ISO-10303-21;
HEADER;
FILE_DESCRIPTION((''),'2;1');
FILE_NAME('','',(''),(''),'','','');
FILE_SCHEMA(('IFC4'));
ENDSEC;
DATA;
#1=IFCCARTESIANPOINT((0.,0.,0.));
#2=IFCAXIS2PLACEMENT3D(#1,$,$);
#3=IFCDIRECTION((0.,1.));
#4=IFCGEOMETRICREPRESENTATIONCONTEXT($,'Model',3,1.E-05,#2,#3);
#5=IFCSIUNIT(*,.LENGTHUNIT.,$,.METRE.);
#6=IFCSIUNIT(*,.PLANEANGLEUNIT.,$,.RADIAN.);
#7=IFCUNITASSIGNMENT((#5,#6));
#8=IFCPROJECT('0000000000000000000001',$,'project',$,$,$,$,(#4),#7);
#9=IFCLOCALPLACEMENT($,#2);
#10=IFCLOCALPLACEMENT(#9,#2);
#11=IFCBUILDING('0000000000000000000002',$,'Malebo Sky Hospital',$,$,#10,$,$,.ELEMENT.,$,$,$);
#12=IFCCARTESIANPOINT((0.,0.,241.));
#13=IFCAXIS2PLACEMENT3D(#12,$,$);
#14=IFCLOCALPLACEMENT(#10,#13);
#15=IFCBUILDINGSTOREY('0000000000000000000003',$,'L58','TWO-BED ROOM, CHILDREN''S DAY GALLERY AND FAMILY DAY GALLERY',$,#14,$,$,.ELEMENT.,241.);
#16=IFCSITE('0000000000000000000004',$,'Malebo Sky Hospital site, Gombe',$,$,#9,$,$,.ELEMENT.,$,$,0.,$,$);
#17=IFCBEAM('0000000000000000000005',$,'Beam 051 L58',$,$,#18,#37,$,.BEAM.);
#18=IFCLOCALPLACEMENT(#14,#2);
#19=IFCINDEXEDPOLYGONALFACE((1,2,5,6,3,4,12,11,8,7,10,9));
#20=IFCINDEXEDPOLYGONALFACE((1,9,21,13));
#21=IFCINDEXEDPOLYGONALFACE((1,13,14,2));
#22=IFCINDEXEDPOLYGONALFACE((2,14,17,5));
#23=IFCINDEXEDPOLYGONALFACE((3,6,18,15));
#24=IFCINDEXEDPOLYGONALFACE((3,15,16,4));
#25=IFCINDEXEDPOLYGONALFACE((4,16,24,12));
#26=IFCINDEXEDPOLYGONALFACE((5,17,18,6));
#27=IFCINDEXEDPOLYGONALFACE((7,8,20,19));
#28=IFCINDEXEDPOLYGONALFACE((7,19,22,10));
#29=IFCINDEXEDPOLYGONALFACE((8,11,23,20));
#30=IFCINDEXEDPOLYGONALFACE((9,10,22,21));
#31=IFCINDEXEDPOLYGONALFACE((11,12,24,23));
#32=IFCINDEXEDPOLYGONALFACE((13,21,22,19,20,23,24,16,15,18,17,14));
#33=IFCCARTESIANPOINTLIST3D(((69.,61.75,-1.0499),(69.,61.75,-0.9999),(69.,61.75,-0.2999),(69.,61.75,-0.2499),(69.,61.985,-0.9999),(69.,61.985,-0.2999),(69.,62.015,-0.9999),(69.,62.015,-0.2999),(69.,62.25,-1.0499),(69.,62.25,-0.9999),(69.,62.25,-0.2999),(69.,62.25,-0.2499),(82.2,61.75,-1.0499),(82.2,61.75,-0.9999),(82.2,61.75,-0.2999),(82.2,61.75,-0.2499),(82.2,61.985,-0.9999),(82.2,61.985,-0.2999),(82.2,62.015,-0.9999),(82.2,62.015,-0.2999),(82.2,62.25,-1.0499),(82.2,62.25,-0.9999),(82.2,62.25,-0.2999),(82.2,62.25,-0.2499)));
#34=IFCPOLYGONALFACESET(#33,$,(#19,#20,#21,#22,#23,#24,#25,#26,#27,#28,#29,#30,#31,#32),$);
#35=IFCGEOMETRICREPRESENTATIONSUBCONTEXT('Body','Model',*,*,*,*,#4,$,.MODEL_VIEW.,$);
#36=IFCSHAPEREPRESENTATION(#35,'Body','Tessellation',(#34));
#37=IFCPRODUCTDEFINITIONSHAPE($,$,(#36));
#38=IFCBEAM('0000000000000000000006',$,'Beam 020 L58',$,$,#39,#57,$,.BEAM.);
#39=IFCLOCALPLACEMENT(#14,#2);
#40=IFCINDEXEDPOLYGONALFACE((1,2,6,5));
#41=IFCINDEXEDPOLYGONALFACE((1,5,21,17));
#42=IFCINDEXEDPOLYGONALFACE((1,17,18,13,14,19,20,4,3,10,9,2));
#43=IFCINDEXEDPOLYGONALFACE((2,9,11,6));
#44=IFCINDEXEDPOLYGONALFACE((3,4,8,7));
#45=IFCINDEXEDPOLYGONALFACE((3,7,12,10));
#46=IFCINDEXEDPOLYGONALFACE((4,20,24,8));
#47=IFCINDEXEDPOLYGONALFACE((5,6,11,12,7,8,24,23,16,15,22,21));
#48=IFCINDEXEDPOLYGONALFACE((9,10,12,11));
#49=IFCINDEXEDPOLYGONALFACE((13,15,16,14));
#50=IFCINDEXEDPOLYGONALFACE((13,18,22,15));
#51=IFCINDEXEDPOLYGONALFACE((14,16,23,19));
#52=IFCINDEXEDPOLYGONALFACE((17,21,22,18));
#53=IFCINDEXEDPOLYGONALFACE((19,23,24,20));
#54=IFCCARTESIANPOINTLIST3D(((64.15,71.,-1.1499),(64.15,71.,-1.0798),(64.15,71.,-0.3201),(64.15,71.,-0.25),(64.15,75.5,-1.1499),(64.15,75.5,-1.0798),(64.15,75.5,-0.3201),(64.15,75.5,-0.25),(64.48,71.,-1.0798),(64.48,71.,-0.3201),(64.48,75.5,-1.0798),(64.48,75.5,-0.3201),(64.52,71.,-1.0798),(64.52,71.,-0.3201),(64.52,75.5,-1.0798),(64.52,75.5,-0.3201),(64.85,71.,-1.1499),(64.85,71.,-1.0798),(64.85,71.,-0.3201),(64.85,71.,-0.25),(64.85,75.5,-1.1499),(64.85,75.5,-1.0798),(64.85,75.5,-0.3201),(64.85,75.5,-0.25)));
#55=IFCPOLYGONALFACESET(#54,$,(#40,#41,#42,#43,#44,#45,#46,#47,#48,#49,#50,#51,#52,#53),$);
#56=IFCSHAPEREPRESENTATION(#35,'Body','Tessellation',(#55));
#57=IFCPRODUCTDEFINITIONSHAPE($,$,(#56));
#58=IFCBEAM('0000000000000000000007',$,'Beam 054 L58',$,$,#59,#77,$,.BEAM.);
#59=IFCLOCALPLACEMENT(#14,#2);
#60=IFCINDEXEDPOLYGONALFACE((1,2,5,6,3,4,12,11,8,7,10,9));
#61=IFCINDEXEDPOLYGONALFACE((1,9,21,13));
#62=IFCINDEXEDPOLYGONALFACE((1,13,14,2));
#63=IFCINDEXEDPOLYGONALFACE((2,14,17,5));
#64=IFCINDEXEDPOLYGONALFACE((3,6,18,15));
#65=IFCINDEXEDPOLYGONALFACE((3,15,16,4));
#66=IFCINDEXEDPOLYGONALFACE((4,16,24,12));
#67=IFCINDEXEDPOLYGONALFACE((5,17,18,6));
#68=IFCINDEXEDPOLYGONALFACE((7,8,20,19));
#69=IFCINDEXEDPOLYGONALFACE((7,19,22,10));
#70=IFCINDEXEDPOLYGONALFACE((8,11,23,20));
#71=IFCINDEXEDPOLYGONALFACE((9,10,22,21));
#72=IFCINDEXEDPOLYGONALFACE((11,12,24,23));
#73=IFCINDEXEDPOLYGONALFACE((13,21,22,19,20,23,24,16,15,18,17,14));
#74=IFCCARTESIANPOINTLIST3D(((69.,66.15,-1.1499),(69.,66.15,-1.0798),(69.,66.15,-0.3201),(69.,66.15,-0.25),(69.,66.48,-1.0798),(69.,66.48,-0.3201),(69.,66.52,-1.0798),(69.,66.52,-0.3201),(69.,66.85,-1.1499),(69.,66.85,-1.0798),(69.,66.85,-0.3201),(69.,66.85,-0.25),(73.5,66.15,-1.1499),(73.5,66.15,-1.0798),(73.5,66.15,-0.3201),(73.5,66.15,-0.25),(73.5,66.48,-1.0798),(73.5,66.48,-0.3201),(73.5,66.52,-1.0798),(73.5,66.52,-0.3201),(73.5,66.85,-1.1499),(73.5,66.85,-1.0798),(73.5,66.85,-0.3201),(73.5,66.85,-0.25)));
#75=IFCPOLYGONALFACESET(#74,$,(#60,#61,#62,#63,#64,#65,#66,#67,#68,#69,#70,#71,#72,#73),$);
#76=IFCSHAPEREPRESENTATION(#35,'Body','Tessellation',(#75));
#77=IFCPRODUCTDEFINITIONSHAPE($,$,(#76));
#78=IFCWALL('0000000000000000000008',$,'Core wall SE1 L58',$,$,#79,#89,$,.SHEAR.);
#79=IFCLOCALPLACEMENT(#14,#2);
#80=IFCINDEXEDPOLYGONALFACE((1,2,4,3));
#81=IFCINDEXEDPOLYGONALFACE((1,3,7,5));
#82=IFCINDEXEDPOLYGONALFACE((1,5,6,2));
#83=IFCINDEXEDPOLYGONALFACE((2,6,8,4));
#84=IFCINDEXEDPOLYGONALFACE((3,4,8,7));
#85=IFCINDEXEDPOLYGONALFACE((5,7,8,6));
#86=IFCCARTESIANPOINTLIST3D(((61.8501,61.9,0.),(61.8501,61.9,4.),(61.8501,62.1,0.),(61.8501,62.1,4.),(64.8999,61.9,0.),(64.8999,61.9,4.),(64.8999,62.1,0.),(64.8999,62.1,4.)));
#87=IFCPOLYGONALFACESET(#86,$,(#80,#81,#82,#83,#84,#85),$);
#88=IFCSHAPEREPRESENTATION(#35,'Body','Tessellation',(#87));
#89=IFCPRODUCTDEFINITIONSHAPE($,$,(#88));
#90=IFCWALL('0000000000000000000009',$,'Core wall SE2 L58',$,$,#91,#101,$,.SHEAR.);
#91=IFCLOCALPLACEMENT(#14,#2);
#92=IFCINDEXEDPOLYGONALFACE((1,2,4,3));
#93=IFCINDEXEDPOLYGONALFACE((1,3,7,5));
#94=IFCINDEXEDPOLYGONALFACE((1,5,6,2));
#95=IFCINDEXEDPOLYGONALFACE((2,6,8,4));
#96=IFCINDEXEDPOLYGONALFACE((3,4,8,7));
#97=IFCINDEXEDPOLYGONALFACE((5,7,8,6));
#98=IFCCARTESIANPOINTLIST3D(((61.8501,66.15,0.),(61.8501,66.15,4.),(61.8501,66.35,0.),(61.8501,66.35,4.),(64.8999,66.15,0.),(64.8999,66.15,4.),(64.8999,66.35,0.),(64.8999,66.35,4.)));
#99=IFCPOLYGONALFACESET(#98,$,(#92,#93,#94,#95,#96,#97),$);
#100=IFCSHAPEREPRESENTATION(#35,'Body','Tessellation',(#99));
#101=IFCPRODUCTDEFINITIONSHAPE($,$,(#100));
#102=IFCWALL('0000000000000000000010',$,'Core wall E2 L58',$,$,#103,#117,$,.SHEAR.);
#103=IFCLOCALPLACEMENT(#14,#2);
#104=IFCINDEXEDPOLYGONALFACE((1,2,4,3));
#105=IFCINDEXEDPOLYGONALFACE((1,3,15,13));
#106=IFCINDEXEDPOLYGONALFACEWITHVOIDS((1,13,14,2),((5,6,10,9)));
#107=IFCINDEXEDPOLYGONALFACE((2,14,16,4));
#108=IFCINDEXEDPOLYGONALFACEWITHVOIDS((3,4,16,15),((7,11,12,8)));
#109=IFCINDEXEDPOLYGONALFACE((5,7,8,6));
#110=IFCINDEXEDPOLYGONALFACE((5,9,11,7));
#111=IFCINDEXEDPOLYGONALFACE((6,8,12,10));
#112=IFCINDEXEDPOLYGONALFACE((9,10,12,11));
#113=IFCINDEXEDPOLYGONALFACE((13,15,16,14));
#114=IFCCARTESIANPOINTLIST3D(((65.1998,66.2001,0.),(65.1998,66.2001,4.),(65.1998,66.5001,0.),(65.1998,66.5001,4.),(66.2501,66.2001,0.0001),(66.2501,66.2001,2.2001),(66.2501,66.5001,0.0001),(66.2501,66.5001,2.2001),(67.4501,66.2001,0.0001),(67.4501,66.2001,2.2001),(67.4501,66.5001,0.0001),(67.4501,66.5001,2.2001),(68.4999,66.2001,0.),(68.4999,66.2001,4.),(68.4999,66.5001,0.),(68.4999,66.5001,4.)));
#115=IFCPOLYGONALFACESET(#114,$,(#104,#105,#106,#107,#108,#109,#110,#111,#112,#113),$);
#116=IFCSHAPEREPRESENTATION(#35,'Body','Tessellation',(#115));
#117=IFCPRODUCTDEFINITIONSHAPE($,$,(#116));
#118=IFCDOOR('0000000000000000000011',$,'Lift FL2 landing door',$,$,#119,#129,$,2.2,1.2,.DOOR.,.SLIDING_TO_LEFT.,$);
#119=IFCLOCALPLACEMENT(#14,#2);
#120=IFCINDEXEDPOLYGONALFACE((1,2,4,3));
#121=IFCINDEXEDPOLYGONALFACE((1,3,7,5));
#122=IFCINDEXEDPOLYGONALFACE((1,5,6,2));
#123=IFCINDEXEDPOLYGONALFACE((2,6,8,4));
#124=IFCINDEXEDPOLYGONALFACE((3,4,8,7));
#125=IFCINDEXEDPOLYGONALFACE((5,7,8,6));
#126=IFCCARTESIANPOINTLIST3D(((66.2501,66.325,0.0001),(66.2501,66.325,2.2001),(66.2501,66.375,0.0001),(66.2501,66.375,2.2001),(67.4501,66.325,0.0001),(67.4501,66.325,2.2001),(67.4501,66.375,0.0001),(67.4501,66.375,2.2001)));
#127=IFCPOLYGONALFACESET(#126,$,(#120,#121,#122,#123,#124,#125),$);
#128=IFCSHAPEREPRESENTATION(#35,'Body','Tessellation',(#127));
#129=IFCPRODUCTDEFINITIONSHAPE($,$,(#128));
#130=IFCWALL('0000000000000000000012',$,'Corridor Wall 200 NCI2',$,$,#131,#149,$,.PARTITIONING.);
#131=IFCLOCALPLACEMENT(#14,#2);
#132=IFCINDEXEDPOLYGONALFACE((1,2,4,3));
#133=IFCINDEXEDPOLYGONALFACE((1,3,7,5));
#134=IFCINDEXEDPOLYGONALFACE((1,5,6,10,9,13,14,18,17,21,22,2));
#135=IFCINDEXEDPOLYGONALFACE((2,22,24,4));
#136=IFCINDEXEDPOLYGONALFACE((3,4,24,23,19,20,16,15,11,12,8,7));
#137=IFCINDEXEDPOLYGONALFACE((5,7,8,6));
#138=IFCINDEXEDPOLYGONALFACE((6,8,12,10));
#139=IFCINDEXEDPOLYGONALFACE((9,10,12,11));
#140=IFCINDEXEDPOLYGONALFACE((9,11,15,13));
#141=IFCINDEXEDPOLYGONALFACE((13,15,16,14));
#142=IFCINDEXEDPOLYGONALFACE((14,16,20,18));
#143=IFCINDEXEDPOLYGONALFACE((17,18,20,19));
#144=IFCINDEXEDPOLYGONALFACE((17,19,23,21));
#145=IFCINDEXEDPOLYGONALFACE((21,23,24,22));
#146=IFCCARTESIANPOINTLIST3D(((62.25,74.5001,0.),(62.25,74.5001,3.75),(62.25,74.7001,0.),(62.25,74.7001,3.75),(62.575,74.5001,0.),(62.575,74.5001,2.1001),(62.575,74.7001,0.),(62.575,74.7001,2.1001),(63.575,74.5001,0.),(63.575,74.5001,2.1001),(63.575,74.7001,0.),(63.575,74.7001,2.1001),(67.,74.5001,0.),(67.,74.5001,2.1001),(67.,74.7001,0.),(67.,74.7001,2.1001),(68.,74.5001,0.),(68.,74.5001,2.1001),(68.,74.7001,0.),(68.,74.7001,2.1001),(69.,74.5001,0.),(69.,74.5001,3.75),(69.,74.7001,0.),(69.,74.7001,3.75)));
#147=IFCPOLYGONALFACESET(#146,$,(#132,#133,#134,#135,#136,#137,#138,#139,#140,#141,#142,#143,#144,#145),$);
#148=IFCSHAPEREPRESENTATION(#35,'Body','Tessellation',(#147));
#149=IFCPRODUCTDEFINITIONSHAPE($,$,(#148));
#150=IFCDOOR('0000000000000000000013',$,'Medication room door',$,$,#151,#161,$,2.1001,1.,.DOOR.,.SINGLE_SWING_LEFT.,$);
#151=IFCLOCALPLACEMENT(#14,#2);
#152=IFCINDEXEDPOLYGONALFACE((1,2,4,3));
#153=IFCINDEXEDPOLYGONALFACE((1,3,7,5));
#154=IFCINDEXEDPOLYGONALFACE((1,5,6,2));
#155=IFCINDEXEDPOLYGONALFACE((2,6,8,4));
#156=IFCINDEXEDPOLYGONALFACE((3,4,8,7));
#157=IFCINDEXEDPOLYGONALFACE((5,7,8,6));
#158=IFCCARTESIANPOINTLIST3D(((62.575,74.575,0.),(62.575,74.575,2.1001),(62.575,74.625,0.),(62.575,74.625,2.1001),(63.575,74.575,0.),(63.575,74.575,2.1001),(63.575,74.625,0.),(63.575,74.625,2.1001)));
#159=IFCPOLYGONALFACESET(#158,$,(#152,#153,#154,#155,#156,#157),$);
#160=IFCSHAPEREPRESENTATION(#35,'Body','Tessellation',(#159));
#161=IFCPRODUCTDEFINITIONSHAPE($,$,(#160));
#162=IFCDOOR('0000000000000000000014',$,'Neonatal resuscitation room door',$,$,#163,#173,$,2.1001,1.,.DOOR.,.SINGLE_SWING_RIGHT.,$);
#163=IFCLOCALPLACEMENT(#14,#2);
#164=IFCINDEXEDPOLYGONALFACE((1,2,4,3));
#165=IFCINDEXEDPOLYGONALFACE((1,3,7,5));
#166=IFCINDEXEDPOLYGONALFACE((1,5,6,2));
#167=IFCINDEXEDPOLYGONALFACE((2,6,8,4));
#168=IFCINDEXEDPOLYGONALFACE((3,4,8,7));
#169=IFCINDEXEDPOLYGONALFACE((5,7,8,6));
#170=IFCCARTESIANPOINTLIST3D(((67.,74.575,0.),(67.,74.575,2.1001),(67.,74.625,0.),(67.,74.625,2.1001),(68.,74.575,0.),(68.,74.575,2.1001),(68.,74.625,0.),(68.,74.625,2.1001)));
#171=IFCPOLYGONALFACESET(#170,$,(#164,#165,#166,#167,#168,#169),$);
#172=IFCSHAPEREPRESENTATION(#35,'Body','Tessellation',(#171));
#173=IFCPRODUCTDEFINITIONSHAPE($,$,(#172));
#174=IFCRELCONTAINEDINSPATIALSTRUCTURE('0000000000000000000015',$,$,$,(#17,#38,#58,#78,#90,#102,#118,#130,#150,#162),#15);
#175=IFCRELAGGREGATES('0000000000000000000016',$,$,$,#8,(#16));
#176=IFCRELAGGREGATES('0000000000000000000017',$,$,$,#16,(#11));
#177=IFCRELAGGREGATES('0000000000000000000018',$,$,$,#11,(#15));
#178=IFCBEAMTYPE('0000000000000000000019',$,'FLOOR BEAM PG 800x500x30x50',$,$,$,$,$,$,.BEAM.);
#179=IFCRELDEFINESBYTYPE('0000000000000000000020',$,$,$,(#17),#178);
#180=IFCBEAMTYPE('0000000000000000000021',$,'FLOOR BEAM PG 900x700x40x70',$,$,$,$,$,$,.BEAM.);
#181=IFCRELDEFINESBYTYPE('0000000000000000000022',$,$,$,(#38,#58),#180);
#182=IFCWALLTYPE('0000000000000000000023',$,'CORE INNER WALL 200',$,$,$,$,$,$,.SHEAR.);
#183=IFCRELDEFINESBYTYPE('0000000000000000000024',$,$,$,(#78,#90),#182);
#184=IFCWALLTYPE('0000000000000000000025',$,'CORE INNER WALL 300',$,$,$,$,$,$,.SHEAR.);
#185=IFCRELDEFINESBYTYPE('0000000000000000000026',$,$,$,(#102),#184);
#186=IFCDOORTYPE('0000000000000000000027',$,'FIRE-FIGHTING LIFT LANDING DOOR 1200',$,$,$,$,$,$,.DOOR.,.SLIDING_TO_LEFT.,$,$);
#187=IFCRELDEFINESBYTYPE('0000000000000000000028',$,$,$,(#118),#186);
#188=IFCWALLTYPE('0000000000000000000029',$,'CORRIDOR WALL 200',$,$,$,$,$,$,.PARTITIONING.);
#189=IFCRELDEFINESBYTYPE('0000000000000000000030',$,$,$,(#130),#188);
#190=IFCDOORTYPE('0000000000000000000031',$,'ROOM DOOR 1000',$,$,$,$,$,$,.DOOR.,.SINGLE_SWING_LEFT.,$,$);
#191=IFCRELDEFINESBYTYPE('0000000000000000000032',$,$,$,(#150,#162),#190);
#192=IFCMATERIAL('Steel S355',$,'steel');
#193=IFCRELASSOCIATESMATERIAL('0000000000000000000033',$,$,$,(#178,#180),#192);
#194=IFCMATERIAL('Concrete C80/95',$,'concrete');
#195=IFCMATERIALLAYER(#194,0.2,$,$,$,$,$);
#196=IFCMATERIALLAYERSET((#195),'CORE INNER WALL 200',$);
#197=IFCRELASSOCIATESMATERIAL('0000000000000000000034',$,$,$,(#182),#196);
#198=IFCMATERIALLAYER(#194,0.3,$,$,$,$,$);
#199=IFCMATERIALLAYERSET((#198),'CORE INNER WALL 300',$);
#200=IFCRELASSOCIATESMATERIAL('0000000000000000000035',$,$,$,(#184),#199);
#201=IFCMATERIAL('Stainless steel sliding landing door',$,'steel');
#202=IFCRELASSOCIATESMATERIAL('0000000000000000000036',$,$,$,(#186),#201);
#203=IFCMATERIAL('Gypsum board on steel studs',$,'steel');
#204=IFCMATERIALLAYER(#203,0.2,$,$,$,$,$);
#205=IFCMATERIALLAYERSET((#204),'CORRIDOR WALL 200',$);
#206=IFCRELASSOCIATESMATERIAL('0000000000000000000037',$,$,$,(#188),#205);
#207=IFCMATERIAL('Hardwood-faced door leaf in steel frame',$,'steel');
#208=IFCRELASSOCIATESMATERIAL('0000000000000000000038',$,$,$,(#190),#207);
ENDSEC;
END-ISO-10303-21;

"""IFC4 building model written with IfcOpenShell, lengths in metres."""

from ifc_helpers import new_model, si_unit, direction, frame, frame_2d, origin, origin_2d, place, context, subcontext, project, spatial, rectangle, i_section, extrude, material, layer, layer_set, material_profile, profile_set, type_object, element, fill, save


model = new_model("IFC4")

# Units and contexts
model_context = context("Model", 3, precision=1e-05, world=origin(), true_north=direction((0.0, 1.0)))
body_context = subcontext(model_context, "Body", "Model", "MODEL_VIEW")
ifc_project = project(units=[si_unit("LENGTHUNIT", "METRE"), si_unit("PLANEANGLEUNIT", "RADIAN")], contexts=[model_context])

# Site, building, storey
site_placement = place(None, origin())
site = spatial("IfcSite", under=ifc_project, at=site_placement, Name="Malebo Sky Hospital site, Gombe", CompositionType="ELEMENT", RefElevation=0.0)
building_placement = place(site_placement, origin())
building = spatial("IfcBuilding", under=site, at=building_placement, Name="Malebo Sky Hospital", CompositionType="ELEMENT")
storey_placement = place(building_placement, frame((0.0, 0.0, 241.0)))
storey = spatial("IfcBuildingStorey", under=building, at=storey_placement, Name="L58", Description="TWO-BED ROOM, CHILDREN'S DAY GALLERY AND FAMILY DAY GALLERY", CompositionType="ELEMENT", Elevation=241.0)

# Beams
ifc_material_1 = material(Name="Steel S355", Category="steel")
ifc_material_profile_1 = material_profile(ifc_material_1, i_section(OverallWidth=0.5, OverallDepth=0.8, WebThickness=0.03, FlangeThickness=0.05, at=origin_2d()), Name="PG 800x500x30x50")
ifc_profile_set_1 = profile_set([ifc_material_profile_1], Name="Steel S355")
beam_type_1 = type_object("IfcBeamType", Name="FLOOR BEAM PG 800x500x30x50", PredefinedType="BEAM", material=ifc_profile_set_1)
beam_placement = place(storey_placement, frame((69.0, 62.0, -0.6499), z_axis=(1.0, 0.0, 0.0), x_axis=(0.0, 1.0, 0.0)))
element("IfcBeam", 1, at=beam_placement, inside=storey, type_object=beam_type_1, Name="Beam 051 L58", PredefinedType="BEAM", context=body_context, shape_type="SweptSolid", body=[
    extrude(i_section(OverallWidth=0.5, OverallDepth=0.8, WebThickness=0.03, FlangeThickness=0.05, at=origin_2d()), origin(), (0.0, 0.0, 1.0), 13.2),
])
ifc_material_profile_2 = material_profile(ifc_material_1, i_section(OverallWidth=0.7, OverallDepth=0.8999, WebThickness=0.04, FlangeThickness=0.0701, at=origin_2d()), Name="PG 900x700x40x70")
ifc_profile_set_2 = profile_set([ifc_material_profile_2], Name="Steel S355")
beam_type_2 = type_object("IfcBeamType", Name="FLOOR BEAM PG 900x700x40x70", PredefinedType="BEAM", material=ifc_profile_set_2)
for number, where, z_axis, x_axis, name in (
    (2, (64.5, 71.0, -0.7), (0.0, 1.0, 0.0), (-1.0, 0.0, 0.0), "Beam 020 L58"),
    (3, (69.0, 66.5, -0.7), (1.0, 0.0, 0.0), (0.0, 1.0, 0.0), "Beam 054 L58"),
):
    element("IfcBeam", number, at=place(storey_placement, frame(where, z_axis=z_axis, x_axis=x_axis)), inside=storey, type_object=beam_type_2, Name=name, PredefinedType="BEAM", context=body_context, shape_type="SweptSolid", body=[
        extrude(i_section(OverallWidth=0.7, OverallDepth=0.8999, WebThickness=0.04, FlangeThickness=0.0701, at=origin_2d()), origin(), (0.0, 0.0, 1.0), 4.5),
    ])

# Walls
ifc_material_2 = material(Name="Concrete C80/95", Category="concrete")
ifc_layer_1 = layer(ifc_material_2, 0.2)
ifc_layer_set_1 = layer_set([ifc_layer_1], Name="CORE INNER WALL 200")
wall_type_1 = type_object("IfcWallType", Name="CORE INNER WALL 200", PredefinedType="SHEAR", material=ifc_layer_set_1)
for number, where, z_axis, x_axis, name in (
    (4, (61.8501, 62.0, 0.0), (0.0, 0.0, 1.0), (1.0, 0.0, 0.0), "Core wall SE1 L58"),
    (5, (61.8501, 66.25, 0.0), (0.0, 0.0, 1.0), (1.0, 0.0, 0.0), "Core wall SE2 L58"),
):
    element("IfcWall", number, at=place(storey_placement, frame(where, z_axis=z_axis, x_axis=x_axis)), inside=storey, type_object=wall_type_1, Name=name, PredefinedType="SHEAR", context=body_context, shape_type="SweptSolid", body=[
        extrude(rectangle(XDim=3.0498, YDim=0.2, at=frame_2d((1.5249, 0.0))), origin(), (0.0, 0.0, 1.0), 4.0),
    ])

# Wall, opening, door
ifc_layer_2 = layer(ifc_material_2, 0.3)
ifc_layer_set_2 = layer_set([ifc_layer_2], Name="CORE INNER WALL 300")
wall_type_2 = type_object("IfcWallType", Name="CORE INNER WALL 300", PredefinedType="SHEAR", material=ifc_layer_set_2)
wall_1_placement = place(storey_placement, frame((65.2, 66.3501, 0.0), z_axis=(0.0, 0.0, 1.0), x_axis=(1.0, 0.0, 0.0)))
wall_1 = element("IfcWall", 6, at=wall_1_placement, inside=storey, type_object=wall_type_2, Name="Core wall E2 L58", PredefinedType="SHEAR", context=body_context, shape_type="SweptSolid", body=[
    extrude(rectangle(XDim=3.3, YDim=0.3, at=frame_2d((1.6499, 0.0))), origin(), (0.0, 0.0, 1.0), 4.0),
])
opening_1_placement = place(wall_1_placement, frame((1.05, 0.0, 0.0)))
opening_1 = element("IfcOpeningElement", 7, at=opening_1_placement, cuts=wall_1, PredefinedType="OPENING", context=body_context, shape_type="SweptSolid", body=[
    extrude(rectangle(XDim=1.2, YDim=2.2, at=frame_2d((0.6001, 1.1001))), frame((0.0, 0.1599, 0.0), z_axis=(0.0, -1.0, 0.0), x_axis=(1.0, 0.0, 0.0)), (0.0, 0.0, 1.0), 0.3201),
])
ifc_material_3 = material(Name="Stainless steel sliding landing door", Category="steel")
door_type_1 = type_object("IfcDoorType", Name="FIRE-FIGHTING LIFT LANDING DOOR 1200", OperationType="SLIDING_TO_LEFT", PredefinedType="DOOR", material=ifc_material_3)
door_1_placement = place(opening_1_placement, origin())
door_1 = element("IfcDoor", 8, at=door_1_placement, inside=storey, type_object=door_type_1, Name="Lift FL2 landing door", OperationType="SLIDING_TO_LEFT", OverallHeight=2.2, OverallWidth=1.2, PredefinedType="DOOR", context=body_context, shape_type="SweptSolid", body=[
    extrude(rectangle(XDim=1.2, YDim=2.2, at=frame_2d((0.6001, 1.1001))), frame((0.0, 0.0249, 0.0), z_axis=(0.0, -1.0, 0.0), x_axis=(1.0, 0.0, 0.0)), (0.0, 0.0, 1.0), 0.05),
])
fill(opening_1, door_1)

# Wall, openings, doors
ifc_material_4 = material(Name="Gypsum board on steel studs", Category="steel")
ifc_layer_3 = layer(ifc_material_4, 0.2)
ifc_layer_set_3 = layer_set([ifc_layer_3], Name="CORRIDOR WALL 200")
wall_type_3 = type_object("IfcWallType", Name="CORRIDOR WALL 200", PredefinedType="PARTITIONING", material=ifc_layer_set_3)
wall_2_placement = place(storey_placement, frame((62.25, 74.6001, 0.0), z_axis=(0.0, 0.0, 1.0), x_axis=(1.0, 0.0, 0.0)))
wall_2 = element("IfcWall", 9, at=wall_2_placement, inside=storey, type_object=wall_type_3, Name="Corridor Wall 200 NCI2", PredefinedType="PARTITIONING", context=body_context, shape_type="SweptSolid", body=[
    extrude(rectangle(XDim=6.75, YDim=0.2, at=frame_2d((3.375, 0.0))), origin(), (0.0, 0.0, 1.0), 3.75),
])
opening_2_placement = place(wall_2_placement, frame((0.325, 0.0, 0.0)))
opening_2 = element("IfcOpeningElement", 10, at=opening_2_placement, cuts=wall_2, PredefinedType="OPENING", context=body_context, shape_type="SweptSolid", body=[
    extrude(rectangle(XDim=1.0, YDim=2.1001, at=frame_2d((0.5, 1.05))), frame((0.0, 0.1099, 0.0), z_axis=(0.0, -1.0, 0.0), x_axis=(1.0, 0.0, 0.0)), (0.0, 0.0, 1.0), 0.22),
])
opening_3_placement = place(wall_2_placement, frame((4.75, 0.0, 0.0)))
opening_3 = element("IfcOpeningElement", 11, at=opening_3_placement, cuts=wall_2, PredefinedType="OPENING", context=body_context, shape_type="SweptSolid", body=[
    extrude(rectangle(XDim=1.0, YDim=2.1001, at=frame_2d((0.5, 1.05))), frame((0.0, 0.1099, 0.0), z_axis=(0.0, -1.0, 0.0), x_axis=(1.0, 0.0, 0.0)), (0.0, 0.0, 1.0), 0.22),
])
ifc_material_5 = material(Name="Hardwood-faced door leaf in steel frame", Category="steel")
door_type_2 = type_object("IfcDoorType", Name="ROOM DOOR 1000", OperationType="SINGLE_SWING_LEFT", PredefinedType="DOOR", material=ifc_material_5)
door_2_placement = place(opening_2_placement, origin())
door_2 = element("IfcDoor", 12, at=door_2_placement, inside=storey, type_object=door_type_2, Name="Medication room door", OperationType="SINGLE_SWING_LEFT", OverallHeight=2.1001, OverallWidth=1.0, PredefinedType="DOOR", context=body_context, shape_type="SweptSolid", body=[
    extrude(rectangle(XDim=1.0, YDim=2.1001, at=frame_2d((0.5, 1.05))), frame((0.0, 0.0249, 0.0), z_axis=(0.0, -1.0, 0.0), x_axis=(1.0, 0.0, 0.0)), (0.0, 0.0, 1.0), 0.05),
])
fill(opening_2, door_2)
door_3_placement = place(opening_3_placement, origin())
door_3 = element("IfcDoor", 13, at=door_3_placement, inside=storey, type_object=door_type_2, Name="Neonatal resuscitation room door", OperationType="SINGLE_SWING_RIGHT", OverallHeight=2.1001, OverallWidth=1.0, PredefinedType="DOOR", context=body_context, shape_type="SweptSolid", body=[
    extrude(rectangle(XDim=1.0, YDim=2.1001, at=frame_2d((0.5, 1.05))), frame((0.0, 0.0249, 0.0), z_axis=(0.0, -1.0, 0.0), x_axis=(1.0, 0.0, 0.0)), (0.0, 0.0, 1.0), 0.05),
])
fill(opening_3, door_3)

save(model, "model.ifc")
